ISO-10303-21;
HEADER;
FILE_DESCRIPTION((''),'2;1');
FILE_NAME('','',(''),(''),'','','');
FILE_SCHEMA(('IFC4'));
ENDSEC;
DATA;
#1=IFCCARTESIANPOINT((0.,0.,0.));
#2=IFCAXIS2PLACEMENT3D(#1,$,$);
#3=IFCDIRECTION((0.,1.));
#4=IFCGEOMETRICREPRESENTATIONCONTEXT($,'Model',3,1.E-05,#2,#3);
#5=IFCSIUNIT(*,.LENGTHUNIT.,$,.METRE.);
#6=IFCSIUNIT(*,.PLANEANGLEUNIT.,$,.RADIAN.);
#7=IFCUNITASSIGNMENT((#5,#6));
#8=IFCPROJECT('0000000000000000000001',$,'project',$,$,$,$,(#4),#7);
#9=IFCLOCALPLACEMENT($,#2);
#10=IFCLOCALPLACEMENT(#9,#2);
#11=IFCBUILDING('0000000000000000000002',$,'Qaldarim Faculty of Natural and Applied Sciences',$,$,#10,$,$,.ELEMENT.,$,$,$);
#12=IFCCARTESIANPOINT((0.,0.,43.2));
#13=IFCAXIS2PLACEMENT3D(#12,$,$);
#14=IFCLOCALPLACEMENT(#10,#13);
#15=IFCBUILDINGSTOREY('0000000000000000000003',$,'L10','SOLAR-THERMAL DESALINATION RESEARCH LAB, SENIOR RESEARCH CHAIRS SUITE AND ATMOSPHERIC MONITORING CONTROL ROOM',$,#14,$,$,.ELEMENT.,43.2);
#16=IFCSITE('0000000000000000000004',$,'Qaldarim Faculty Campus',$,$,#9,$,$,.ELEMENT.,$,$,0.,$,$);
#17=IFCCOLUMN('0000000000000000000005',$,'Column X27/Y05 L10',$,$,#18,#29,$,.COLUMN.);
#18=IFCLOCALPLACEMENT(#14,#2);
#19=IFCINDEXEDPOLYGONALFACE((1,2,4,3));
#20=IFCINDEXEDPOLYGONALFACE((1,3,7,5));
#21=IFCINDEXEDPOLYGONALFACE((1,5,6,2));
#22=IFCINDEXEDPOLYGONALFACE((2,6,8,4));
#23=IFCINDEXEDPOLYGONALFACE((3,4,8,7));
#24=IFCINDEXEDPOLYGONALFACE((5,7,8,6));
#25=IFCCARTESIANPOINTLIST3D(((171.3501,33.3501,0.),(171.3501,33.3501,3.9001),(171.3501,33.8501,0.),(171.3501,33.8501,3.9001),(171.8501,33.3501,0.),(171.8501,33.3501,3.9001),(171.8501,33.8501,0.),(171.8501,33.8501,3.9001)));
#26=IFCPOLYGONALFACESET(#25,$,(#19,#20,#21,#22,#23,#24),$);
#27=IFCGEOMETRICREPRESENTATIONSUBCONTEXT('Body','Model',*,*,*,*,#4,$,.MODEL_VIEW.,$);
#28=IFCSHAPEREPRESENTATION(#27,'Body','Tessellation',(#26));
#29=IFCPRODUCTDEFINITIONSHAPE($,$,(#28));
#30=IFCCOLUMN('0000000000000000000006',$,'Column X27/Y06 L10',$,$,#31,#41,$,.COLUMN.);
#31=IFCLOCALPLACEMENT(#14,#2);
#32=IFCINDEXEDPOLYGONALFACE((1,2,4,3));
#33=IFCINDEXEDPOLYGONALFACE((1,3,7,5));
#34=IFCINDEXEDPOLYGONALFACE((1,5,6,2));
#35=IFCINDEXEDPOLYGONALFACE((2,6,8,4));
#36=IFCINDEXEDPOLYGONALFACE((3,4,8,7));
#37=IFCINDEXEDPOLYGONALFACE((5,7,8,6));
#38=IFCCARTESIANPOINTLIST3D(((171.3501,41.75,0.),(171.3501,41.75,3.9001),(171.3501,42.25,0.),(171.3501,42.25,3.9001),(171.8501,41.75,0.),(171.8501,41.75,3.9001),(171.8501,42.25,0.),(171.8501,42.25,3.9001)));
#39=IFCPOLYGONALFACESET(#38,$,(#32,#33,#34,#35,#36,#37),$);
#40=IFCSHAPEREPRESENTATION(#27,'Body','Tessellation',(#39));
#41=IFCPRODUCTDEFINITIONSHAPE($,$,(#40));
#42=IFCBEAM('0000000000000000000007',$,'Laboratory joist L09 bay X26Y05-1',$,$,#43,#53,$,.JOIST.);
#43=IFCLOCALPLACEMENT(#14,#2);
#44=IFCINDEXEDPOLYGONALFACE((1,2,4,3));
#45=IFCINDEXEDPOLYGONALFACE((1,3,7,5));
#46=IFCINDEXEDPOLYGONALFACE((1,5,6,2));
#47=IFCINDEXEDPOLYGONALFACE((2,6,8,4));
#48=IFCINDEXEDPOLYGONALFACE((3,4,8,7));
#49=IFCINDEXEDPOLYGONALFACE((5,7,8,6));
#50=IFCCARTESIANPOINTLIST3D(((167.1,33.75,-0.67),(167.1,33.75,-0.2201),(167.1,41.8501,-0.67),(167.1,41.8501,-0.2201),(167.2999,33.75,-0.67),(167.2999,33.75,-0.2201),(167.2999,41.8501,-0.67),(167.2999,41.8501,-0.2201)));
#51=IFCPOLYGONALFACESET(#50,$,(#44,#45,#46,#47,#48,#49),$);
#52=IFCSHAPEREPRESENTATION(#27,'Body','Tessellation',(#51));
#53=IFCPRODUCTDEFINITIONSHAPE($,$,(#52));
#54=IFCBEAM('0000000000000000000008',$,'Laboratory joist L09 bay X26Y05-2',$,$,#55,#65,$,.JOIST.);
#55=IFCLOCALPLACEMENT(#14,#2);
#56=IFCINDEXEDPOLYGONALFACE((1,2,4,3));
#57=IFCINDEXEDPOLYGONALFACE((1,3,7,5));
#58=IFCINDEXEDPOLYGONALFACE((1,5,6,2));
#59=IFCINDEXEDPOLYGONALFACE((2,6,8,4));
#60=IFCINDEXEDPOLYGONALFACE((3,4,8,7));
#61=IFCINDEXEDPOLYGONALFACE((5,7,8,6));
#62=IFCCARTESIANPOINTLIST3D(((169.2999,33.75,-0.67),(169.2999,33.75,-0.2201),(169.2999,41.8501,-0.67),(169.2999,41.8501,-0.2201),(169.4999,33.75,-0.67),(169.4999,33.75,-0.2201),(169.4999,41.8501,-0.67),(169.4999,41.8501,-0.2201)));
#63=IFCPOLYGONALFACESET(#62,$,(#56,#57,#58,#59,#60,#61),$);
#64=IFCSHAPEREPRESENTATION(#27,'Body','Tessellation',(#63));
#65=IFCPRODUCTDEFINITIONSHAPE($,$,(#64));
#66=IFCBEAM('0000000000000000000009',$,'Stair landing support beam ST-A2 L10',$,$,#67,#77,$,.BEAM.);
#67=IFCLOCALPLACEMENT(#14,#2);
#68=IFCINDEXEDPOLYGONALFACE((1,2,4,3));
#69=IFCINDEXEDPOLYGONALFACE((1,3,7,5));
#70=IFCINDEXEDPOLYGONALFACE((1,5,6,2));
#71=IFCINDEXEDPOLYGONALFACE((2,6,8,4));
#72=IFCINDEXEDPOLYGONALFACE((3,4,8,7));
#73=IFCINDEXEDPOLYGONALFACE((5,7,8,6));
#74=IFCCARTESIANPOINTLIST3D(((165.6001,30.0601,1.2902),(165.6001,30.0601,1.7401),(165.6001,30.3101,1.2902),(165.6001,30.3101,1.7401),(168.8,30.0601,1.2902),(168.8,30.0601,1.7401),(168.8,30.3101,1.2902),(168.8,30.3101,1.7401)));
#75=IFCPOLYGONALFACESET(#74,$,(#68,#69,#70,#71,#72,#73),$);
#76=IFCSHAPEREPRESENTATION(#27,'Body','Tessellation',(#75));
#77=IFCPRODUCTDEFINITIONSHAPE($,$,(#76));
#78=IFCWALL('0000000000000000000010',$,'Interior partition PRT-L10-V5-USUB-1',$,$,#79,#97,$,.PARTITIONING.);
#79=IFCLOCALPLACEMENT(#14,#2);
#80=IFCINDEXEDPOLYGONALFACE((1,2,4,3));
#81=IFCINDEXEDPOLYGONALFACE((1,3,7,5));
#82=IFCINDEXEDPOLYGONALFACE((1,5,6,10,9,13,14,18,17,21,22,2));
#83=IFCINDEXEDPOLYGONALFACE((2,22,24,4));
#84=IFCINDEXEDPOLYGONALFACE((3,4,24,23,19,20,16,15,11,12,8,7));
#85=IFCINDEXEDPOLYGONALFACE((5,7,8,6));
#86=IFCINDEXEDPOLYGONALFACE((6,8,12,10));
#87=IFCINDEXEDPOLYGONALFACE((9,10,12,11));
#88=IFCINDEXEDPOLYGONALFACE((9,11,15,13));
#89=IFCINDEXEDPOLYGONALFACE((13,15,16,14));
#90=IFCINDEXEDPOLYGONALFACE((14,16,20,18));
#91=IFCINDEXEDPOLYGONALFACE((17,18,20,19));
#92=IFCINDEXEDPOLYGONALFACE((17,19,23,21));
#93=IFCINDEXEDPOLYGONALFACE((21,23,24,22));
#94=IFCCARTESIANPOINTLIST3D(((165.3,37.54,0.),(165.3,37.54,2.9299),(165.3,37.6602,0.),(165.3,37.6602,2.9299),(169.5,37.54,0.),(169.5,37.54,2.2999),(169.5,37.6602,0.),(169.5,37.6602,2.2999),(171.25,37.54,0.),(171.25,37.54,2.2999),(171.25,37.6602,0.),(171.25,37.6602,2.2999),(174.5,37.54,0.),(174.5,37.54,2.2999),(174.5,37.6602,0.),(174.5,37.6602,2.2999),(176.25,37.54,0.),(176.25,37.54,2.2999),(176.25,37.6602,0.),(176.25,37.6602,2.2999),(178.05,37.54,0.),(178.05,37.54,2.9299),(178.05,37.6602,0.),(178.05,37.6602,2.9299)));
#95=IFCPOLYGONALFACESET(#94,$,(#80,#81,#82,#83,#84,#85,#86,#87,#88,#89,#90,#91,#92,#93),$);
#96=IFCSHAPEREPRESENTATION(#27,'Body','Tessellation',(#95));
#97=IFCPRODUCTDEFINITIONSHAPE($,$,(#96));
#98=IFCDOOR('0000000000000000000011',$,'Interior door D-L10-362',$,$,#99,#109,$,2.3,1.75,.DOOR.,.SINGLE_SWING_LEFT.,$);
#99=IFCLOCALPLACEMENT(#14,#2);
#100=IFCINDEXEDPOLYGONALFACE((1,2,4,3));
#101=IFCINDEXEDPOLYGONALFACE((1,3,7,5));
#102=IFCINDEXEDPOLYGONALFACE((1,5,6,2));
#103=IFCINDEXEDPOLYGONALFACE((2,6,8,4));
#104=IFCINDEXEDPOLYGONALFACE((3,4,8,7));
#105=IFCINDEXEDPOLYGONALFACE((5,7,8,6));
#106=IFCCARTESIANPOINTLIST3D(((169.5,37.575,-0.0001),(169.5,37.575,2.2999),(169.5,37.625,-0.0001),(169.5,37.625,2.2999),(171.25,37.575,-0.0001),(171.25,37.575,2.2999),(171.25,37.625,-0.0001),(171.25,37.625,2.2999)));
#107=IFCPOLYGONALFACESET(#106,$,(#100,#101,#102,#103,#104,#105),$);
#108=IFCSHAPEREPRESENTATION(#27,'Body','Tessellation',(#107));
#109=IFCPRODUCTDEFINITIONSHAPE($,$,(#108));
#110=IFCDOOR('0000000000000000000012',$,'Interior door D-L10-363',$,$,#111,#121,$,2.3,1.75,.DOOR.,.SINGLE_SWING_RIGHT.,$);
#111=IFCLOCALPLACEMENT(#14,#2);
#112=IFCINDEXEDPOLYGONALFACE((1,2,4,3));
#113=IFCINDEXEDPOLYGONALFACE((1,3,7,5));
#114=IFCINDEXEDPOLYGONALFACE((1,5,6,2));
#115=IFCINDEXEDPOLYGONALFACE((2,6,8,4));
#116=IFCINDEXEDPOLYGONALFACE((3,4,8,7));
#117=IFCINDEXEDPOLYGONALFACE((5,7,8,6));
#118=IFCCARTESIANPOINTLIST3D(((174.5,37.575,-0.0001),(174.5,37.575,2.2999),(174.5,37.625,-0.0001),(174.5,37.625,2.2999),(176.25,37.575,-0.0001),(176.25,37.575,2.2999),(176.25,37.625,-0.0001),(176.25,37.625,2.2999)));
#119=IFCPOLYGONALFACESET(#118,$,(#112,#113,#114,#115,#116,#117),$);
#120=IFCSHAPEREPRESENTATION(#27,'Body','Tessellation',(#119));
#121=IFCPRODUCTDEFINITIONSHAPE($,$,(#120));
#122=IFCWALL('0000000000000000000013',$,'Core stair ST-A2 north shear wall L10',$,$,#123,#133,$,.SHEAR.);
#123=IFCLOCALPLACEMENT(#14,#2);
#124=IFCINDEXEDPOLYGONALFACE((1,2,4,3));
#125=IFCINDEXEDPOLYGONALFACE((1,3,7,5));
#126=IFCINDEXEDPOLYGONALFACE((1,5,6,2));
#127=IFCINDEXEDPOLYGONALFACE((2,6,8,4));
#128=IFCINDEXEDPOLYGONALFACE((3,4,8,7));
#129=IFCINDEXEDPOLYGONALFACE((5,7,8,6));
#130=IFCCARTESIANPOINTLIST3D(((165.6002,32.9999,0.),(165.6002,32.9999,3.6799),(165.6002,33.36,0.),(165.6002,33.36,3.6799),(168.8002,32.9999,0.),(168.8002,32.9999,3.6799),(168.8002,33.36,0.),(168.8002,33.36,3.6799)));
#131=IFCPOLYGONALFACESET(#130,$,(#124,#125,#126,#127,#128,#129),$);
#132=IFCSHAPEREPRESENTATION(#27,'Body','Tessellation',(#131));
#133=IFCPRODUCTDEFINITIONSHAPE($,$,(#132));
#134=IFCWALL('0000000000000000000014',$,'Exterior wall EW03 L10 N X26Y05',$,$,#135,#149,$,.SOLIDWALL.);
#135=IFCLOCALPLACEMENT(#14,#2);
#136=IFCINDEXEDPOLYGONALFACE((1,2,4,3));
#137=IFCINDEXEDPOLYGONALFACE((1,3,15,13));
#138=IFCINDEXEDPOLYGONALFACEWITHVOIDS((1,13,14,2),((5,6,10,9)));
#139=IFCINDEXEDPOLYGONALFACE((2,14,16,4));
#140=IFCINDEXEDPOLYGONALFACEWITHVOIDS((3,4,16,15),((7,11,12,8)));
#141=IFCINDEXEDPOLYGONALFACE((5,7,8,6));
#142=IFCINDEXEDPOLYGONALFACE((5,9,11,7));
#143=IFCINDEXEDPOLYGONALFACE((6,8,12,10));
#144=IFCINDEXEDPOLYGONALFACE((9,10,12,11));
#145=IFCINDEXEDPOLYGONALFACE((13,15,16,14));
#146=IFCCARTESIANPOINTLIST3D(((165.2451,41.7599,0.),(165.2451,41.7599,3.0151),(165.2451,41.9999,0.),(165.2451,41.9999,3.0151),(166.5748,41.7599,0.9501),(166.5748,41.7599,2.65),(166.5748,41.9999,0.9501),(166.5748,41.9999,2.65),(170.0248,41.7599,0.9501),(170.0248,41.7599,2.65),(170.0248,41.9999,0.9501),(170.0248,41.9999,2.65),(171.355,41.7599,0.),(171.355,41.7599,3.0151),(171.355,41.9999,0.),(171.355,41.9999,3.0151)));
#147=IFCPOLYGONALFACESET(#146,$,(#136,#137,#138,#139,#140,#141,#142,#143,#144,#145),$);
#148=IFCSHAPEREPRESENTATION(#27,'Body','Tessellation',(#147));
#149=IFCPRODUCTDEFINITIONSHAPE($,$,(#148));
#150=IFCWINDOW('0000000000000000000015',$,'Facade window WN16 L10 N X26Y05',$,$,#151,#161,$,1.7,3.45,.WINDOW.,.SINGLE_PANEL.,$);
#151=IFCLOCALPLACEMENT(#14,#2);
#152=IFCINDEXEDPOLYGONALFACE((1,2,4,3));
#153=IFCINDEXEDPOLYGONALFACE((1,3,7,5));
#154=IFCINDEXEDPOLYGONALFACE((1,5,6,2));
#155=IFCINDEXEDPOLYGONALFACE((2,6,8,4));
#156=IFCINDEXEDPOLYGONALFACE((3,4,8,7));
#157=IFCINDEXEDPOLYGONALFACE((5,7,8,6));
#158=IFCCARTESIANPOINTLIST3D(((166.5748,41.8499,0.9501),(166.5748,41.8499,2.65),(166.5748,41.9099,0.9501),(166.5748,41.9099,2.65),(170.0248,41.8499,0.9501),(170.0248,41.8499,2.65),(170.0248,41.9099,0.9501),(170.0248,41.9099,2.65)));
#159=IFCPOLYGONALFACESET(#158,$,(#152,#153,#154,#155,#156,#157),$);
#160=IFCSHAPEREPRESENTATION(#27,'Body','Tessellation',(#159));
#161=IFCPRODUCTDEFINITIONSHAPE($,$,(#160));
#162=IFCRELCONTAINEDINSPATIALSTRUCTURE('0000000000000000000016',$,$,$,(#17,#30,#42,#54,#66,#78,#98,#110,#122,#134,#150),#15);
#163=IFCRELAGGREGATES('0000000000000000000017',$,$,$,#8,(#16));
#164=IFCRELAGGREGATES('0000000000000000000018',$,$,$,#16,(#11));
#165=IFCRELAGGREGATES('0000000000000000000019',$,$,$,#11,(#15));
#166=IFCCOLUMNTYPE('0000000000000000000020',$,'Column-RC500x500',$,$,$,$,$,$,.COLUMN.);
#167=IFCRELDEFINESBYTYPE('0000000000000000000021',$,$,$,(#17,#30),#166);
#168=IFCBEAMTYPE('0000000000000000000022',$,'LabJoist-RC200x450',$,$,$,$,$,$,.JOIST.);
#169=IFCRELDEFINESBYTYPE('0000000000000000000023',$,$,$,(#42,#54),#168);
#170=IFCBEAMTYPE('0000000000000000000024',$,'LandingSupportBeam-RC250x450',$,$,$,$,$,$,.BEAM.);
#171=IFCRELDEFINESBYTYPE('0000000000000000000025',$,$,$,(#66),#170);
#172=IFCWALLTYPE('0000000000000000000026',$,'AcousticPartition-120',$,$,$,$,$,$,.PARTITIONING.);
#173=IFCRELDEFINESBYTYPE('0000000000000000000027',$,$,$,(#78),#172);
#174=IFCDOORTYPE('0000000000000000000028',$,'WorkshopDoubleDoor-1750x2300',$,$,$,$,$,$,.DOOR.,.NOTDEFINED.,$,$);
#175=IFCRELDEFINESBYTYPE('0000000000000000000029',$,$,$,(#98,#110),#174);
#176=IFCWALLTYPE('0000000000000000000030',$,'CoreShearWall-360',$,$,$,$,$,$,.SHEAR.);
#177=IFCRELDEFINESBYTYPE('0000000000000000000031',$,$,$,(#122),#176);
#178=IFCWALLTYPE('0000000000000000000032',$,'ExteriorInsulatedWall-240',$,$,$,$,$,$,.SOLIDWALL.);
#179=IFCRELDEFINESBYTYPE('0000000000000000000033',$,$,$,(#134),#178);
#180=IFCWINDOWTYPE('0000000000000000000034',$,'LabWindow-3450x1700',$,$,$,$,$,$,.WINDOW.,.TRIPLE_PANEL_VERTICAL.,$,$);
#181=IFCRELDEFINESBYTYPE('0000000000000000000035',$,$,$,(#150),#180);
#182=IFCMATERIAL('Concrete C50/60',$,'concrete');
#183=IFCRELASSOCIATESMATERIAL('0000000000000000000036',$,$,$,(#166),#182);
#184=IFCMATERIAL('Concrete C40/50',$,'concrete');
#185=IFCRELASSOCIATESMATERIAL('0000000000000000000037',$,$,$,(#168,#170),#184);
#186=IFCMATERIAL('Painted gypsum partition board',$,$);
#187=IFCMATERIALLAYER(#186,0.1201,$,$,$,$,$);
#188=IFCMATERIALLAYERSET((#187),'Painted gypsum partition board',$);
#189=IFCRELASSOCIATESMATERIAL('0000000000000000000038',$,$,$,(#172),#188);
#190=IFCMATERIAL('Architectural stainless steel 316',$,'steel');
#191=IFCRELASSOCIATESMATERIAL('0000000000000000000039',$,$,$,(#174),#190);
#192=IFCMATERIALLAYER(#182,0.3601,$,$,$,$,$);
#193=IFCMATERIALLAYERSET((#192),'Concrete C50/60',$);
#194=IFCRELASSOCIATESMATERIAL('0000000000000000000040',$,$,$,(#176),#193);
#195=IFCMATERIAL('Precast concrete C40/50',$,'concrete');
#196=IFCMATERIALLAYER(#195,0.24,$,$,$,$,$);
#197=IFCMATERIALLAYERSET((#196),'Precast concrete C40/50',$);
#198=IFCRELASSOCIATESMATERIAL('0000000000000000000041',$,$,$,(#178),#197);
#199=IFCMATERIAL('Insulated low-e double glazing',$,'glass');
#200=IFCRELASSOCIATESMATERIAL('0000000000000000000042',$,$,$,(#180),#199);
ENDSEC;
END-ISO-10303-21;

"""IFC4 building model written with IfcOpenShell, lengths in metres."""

from ifc_helpers import new_model, si_unit, direction, frame, frame_2d, origin, origin_2d, place, context, subcontext, project, spatial, rectangle, extrude, material, layer, layer_set, material_profile, profile_set, type_object, element, fill, save


model = new_model("IFC4")

# Units and contexts
model_context = context("Model", 3, precision=1e-05, world=origin(), true_north=direction((0.0, 1.0)))
body_context = subcontext(model_context, "Body", "Model", "MODEL_VIEW")
ifc_project = project(units=[si_unit("LENGTHUNIT", "METRE"), si_unit("PLANEANGLEUNIT", "RADIAN")], contexts=[model_context])

# Site, building, storey
site_placement = place(None, origin())
site = spatial("IfcSite", under=ifc_project, at=site_placement, Name="Qaldarim Faculty Campus", CompositionType="ELEMENT", RefElevation=0.0)
building_placement = place(site_placement, origin())
building = spatial("IfcBuilding", under=site, at=building_placement, Name="Qaldarim Faculty of Natural and Applied Sciences", CompositionType="ELEMENT")
storey_placement = place(building_placement, frame((0.0, 0.0, 43.2)))
storey = spatial("IfcBuildingStorey", under=building, at=storey_placement, Name="L10", Description="SOLAR-THERMAL DESALINATION RESEARCH LAB, SENIOR RESEARCH CHAIRS SUITE AND ATMOSPHERIC MONITORING CONTROL ROOM", CompositionType="ELEMENT", Elevation=43.2)

# Columns
ifc_material_1 = material(Name="Concrete C50/60", Category="concrete")
ifc_material_profile_1 = material_profile(ifc_material_1, rectangle(XDim=0.5, YDim=0.5, at=origin_2d()), Name="RC-C500x500")
ifc_profile_set_1 = profile_set([ifc_material_profile_1], Name="Concrete C50/60")
column_type = type_object("IfcColumnType", Name="Column-RC500x500", PredefinedType="COLUMN", material=ifc_profile_set_1)
for number, where, z_axis, x_axis, name in (
    (1, (171.6001, 33.6001, 0.0), (0.0, 0.0, 1.0), (1.0, 0.0, 0.0), "Column X27/Y05 L10"),
    (2, (171.6001, 42.0, 0.0), (0.0, 0.0, 1.0), (1.0, 0.0, 0.0), "Column X27/Y06 L10"),
):
    element("IfcColumn", number, at=place(storey_placement, frame(where, z_axis=z_axis, x_axis=x_axis)), inside=storey, type_object=column_type, Name=name, PredefinedType="COLUMN", context=body_context, shape_type="SweptSolid", body=[
        extrude(rectangle(XDim=0.5, YDim=0.5, at=origin_2d()), origin(), (0.0, 0.0, 1.0), 3.9001),
    ])

# Beams
ifc_material_2 = material(Name="Concrete C40/50", Category="concrete")
ifc_material_profile_2 = material_profile(ifc_material_2, rectangle(XDim=0.2, YDim=0.45, at=origin_2d()), Name="RC-J200x450")
ifc_profile_set_2 = profile_set([ifc_material_profile_2], Name="Concrete C40/50")
beam_type_1 = type_object("IfcBeamType", Name="LabJoist-RC200x450", PredefinedType="JOIST", material=ifc_profile_set_2)
for number, where, z_axis, x_axis, name in (
    (3, (167.2, 33.75, -0.4451), (0.0, 1.0, 0.0), (-1.0, 0.0, 0.0), "Laboratory joist L09 bay X26Y05-1"),
    (4, (169.3999, 33.75, -0.4451), (0.0, 1.0, 0.0), (-1.0, 0.0, 0.0), "Laboratory joist L09 bay X26Y05-2"),
):
    element("IfcBeam", number, at=place(storey_placement, frame(where, z_axis=z_axis, x_axis=x_axis)), inside=storey, type_object=beam_type_1, Name=name, PredefinedType="JOIST", context=body_context, shape_type="SweptSolid", body=[
        extrude(rectangle(XDim=0.2, YDim=0.45, at=origin_2d()), origin(), (0.0, 0.0, 1.0), 8.1001),
    ])
ifc_material_profile_3 = material_profile(ifc_material_2, rectangle(XDim=0.25, YDim=0.45, at=origin_2d()), Name="RC-LN250x450")
ifc_profile_set_3 = profile_set([ifc_material_profile_3], Name="Concrete C40/50")
beam_type_2 = type_object("IfcBeamType", Name="LandingSupportBeam-RC250x450", PredefinedType="BEAM", material=ifc_profile_set_3)
beam_placement = place(storey_placement, frame((165.6001, 30.1851, 1.5151), z_axis=(1.0, 0.0, 0.0), x_axis=(0.0, 1.0, 0.0)))
element("IfcBeam", 5, at=beam_placement, inside=storey, type_object=beam_type_2, Name="Stair landing support beam ST-A2 L10", PredefinedType="BEAM", context=body_context, shape_type="SweptSolid", body=[
    extrude(rectangle(XDim=0.25, YDim=0.45, at=origin_2d()), origin(), (0.0, 0.0, 1.0), 3.2),
])

# Wall, openings, doors
ifc_material_3 = material(Name="Painted gypsum partition board")
ifc_layer_1 = layer(ifc_material_3, 0.1201)
ifc_layer_set_1 = layer_set([ifc_layer_1], Name="Painted gypsum partition board")
wall_type_1 = type_object("IfcWallType", Name="AcousticPartition-120", PredefinedType="PARTITIONING", material=ifc_layer_set_1)
wall_1_placement = place(storey_placement, frame((165.3, 37.6001, 0.0), z_axis=(0.0, 0.0, 1.0), x_axis=(1.0, 0.0, 0.0)))
wall_1 = element("IfcWall", 6, at=wall_1_placement, inside=storey, type_object=wall_type_1, Name="Interior partition PRT-L10-V5-USUB-1", PredefinedType="PARTITIONING", context=body_context, shape_type="SweptSolid", body=[
    extrude(rectangle(XDim=12.75, YDim=0.1201, at=frame_2d((6.375, 0.0))), origin(), (0.0, 0.0, 1.0), 2.9299),
])
opening_1_placement = place(wall_1_placement, frame((4.2, 0.0, 0.0)))
opening_1 = element("IfcOpeningElement", 7, at=opening_1_placement, cuts=wall_1, PredefinedType="OPENING", context=body_context, shape_type="SweptSolid", body=[
    extrude(rectangle(XDim=1.75, YDim=2.3, at=frame_2d((0.875, 1.1499))), frame((0.0, 0.0701, 0.0), z_axis=(0.0, -1.0, 0.0), x_axis=(1.0, 0.0, 0.0)), (0.0, 0.0, 1.0), 0.1401),
])
opening_2_placement = place(wall_1_placement, frame((9.2, 0.0, 0.0)))
opening_2 = element("IfcOpeningElement", 8, at=opening_2_placement, cuts=wall_1, PredefinedType="OPENING", context=body_context, shape_type="SweptSolid", body=[
    extrude(rectangle(XDim=1.75, YDim=2.3, at=frame_2d((0.875, 1.1499))), frame((0.0, 0.0701, 0.0), z_axis=(0.0, -1.0, 0.0), x_axis=(1.0, 0.0, 0.0)), (0.0, 0.0, 1.0), 0.1401),
])
ifc_material_4 = material(Name="Architectural stainless steel 316", Category="steel")
door_type_1 = type_object("IfcDoorType", Name="WorkshopDoubleDoor-1750x2300", OperationType="NOTDEFINED", PredefinedType="DOOR", material=ifc_material_4)
door_1_placement = place(opening_1_placement, origin())
door_1 = element("IfcDoor", 9, at=door_1_placement, inside=storey, type_object=door_type_1, Name="Interior door D-L10-362", OperationType="SINGLE_SWING_LEFT", OverallHeight=2.3, OverallWidth=1.75, PredefinedType="DOOR", context=body_context, shape_type="SweptSolid", body=[
    extrude(rectangle(XDim=1.75, YDim=2.3, at=frame_2d((0.875, 1.1499))), frame((0.0, 0.0249, 0.0), z_axis=(0.0, -1.0, 0.0), x_axis=(1.0, 0.0, 0.0)), (0.0, 0.0, 1.0), 0.05),
])
fill(opening_1, door_1)
door_2_placement = place(opening_2_placement, origin())
door_2 = element("IfcDoor", 10, at=door_2_placement, inside=storey, type_object=door_type_1, Name="Interior door D-L10-363", OperationType="SINGLE_SWING_RIGHT", OverallHeight=2.3, OverallWidth=1.75, PredefinedType="DOOR", context=body_context, shape_type="SweptSolid", body=[
    extrude(rectangle(XDim=1.75, YDim=2.3, at=frame_2d((0.875, 1.1499))), frame((0.0, 0.0249, 0.0), z_axis=(0.0, -1.0, 0.0), x_axis=(1.0, 0.0, 0.0)), (0.0, 0.0, 1.0), 0.05),
])
fill(opening_2, door_2)

# Wall
ifc_layer_2 = layer(ifc_material_1, 0.3601)
ifc_layer_set_2 = layer_set([ifc_layer_2], Name="Concrete C50/60")
wall_type_2 = type_object("IfcWallType", Name="CoreShearWall-360", PredefinedType="SHEAR", material=ifc_layer_set_2)
wall_2_placement = place(storey_placement, frame((165.6001, 33.1799, 0.0), z_axis=(0.0, 0.0, 1.0), x_axis=(1.0, 0.0, 0.0)))
element("IfcWall", 11, at=wall_2_placement, inside=storey, type_object=wall_type_2, Name="Core stair ST-A2 north shear wall L10", PredefinedType="SHEAR", context=body_context, shape_type="SweptSolid", body=[
    extrude(rectangle(XDim=3.2, YDim=0.3601, at=frame_2d((1.6001, 0.0))), origin(), (0.0, 0.0, 1.0), 3.6799),
])

# Wall, opening, window
ifc_material_5 = material(Name="Precast concrete C40/50", Category="concrete")
ifc_layer_3 = layer(ifc_material_5, 0.24)
ifc_layer_set_3 = layer_set([ifc_layer_3], Name="Precast concrete C40/50")
wall_type_3 = type_object("IfcWallType", Name="ExteriorInsulatedWall-240", PredefinedType="SOLIDWALL", material=ifc_layer_set_3)
wall_3_placement = place(storey_placement, frame((171.355, 41.8799, 0.0), z_axis=(0.0, 0.0, 1.0), x_axis=(-1.0, 0.0, 0.0)))
wall_3 = element("IfcWall", 12, at=wall_3_placement, inside=storey, type_object=wall_type_3, Name="Exterior wall EW03 L10 N X26Y05", PredefinedType="SOLIDWALL", context=body_context, shape_type="SweptSolid", body=[
    extrude(rectangle(XDim=6.1099, YDim=0.24, at=frame_2d((3.0549, 0.0))), origin(), (0.0, 0.0, 1.0), 3.0151),
])
opening_3_placement = place(wall_3_placement, frame((1.3301, 0.0, 0.95)))
opening_3 = element("IfcOpeningElement", 13, at=opening_3_placement, cuts=wall_3, PredefinedType="OPENING", context=body_context, shape_type="SweptSolid", body=[
    extrude(rectangle(XDim=3.45, YDim=1.7, at=frame_2d((1.7251, 0.8501))), frame((0.0, 0.1299, 0.0), z_axis=(0.0, -1.0, 0.0), x_axis=(1.0, 0.0, 0.0)), (0.0, 0.0, 1.0), 0.26),
])
ifc_material_6 = material(Name="Insulated low-e double glazing", Category="glass")
window_type = type_object("IfcWindowType", Name="LabWindow-3450x1700", PartitioningType="TRIPLE_PANEL_VERTICAL", PredefinedType="WINDOW", material=ifc_material_6)
window_placement = place(opening_3_placement, origin())
window = element("IfcWindow", 14, at=window_placement, inside=storey, type_object=window_type, Name="Facade window WN16 L10 N X26Y05", OverallHeight=1.7, OverallWidth=3.45, PartitioningType="SINGLE_PANEL", PredefinedType="WINDOW", context=body_context, shape_type="SweptSolid", body=[
    extrude(rectangle(XDim=3.45, YDim=1.7, at=frame_2d((1.7251, 0.8501))), frame((0.0, 0.03, 0.0), z_axis=(0.0, -1.0, 0.0), x_axis=(1.0, 0.0, 0.0)), (0.0, 0.0, 1.0), 0.0601),
])
fill(opening_3, window)

save(model, "model.ifc")
